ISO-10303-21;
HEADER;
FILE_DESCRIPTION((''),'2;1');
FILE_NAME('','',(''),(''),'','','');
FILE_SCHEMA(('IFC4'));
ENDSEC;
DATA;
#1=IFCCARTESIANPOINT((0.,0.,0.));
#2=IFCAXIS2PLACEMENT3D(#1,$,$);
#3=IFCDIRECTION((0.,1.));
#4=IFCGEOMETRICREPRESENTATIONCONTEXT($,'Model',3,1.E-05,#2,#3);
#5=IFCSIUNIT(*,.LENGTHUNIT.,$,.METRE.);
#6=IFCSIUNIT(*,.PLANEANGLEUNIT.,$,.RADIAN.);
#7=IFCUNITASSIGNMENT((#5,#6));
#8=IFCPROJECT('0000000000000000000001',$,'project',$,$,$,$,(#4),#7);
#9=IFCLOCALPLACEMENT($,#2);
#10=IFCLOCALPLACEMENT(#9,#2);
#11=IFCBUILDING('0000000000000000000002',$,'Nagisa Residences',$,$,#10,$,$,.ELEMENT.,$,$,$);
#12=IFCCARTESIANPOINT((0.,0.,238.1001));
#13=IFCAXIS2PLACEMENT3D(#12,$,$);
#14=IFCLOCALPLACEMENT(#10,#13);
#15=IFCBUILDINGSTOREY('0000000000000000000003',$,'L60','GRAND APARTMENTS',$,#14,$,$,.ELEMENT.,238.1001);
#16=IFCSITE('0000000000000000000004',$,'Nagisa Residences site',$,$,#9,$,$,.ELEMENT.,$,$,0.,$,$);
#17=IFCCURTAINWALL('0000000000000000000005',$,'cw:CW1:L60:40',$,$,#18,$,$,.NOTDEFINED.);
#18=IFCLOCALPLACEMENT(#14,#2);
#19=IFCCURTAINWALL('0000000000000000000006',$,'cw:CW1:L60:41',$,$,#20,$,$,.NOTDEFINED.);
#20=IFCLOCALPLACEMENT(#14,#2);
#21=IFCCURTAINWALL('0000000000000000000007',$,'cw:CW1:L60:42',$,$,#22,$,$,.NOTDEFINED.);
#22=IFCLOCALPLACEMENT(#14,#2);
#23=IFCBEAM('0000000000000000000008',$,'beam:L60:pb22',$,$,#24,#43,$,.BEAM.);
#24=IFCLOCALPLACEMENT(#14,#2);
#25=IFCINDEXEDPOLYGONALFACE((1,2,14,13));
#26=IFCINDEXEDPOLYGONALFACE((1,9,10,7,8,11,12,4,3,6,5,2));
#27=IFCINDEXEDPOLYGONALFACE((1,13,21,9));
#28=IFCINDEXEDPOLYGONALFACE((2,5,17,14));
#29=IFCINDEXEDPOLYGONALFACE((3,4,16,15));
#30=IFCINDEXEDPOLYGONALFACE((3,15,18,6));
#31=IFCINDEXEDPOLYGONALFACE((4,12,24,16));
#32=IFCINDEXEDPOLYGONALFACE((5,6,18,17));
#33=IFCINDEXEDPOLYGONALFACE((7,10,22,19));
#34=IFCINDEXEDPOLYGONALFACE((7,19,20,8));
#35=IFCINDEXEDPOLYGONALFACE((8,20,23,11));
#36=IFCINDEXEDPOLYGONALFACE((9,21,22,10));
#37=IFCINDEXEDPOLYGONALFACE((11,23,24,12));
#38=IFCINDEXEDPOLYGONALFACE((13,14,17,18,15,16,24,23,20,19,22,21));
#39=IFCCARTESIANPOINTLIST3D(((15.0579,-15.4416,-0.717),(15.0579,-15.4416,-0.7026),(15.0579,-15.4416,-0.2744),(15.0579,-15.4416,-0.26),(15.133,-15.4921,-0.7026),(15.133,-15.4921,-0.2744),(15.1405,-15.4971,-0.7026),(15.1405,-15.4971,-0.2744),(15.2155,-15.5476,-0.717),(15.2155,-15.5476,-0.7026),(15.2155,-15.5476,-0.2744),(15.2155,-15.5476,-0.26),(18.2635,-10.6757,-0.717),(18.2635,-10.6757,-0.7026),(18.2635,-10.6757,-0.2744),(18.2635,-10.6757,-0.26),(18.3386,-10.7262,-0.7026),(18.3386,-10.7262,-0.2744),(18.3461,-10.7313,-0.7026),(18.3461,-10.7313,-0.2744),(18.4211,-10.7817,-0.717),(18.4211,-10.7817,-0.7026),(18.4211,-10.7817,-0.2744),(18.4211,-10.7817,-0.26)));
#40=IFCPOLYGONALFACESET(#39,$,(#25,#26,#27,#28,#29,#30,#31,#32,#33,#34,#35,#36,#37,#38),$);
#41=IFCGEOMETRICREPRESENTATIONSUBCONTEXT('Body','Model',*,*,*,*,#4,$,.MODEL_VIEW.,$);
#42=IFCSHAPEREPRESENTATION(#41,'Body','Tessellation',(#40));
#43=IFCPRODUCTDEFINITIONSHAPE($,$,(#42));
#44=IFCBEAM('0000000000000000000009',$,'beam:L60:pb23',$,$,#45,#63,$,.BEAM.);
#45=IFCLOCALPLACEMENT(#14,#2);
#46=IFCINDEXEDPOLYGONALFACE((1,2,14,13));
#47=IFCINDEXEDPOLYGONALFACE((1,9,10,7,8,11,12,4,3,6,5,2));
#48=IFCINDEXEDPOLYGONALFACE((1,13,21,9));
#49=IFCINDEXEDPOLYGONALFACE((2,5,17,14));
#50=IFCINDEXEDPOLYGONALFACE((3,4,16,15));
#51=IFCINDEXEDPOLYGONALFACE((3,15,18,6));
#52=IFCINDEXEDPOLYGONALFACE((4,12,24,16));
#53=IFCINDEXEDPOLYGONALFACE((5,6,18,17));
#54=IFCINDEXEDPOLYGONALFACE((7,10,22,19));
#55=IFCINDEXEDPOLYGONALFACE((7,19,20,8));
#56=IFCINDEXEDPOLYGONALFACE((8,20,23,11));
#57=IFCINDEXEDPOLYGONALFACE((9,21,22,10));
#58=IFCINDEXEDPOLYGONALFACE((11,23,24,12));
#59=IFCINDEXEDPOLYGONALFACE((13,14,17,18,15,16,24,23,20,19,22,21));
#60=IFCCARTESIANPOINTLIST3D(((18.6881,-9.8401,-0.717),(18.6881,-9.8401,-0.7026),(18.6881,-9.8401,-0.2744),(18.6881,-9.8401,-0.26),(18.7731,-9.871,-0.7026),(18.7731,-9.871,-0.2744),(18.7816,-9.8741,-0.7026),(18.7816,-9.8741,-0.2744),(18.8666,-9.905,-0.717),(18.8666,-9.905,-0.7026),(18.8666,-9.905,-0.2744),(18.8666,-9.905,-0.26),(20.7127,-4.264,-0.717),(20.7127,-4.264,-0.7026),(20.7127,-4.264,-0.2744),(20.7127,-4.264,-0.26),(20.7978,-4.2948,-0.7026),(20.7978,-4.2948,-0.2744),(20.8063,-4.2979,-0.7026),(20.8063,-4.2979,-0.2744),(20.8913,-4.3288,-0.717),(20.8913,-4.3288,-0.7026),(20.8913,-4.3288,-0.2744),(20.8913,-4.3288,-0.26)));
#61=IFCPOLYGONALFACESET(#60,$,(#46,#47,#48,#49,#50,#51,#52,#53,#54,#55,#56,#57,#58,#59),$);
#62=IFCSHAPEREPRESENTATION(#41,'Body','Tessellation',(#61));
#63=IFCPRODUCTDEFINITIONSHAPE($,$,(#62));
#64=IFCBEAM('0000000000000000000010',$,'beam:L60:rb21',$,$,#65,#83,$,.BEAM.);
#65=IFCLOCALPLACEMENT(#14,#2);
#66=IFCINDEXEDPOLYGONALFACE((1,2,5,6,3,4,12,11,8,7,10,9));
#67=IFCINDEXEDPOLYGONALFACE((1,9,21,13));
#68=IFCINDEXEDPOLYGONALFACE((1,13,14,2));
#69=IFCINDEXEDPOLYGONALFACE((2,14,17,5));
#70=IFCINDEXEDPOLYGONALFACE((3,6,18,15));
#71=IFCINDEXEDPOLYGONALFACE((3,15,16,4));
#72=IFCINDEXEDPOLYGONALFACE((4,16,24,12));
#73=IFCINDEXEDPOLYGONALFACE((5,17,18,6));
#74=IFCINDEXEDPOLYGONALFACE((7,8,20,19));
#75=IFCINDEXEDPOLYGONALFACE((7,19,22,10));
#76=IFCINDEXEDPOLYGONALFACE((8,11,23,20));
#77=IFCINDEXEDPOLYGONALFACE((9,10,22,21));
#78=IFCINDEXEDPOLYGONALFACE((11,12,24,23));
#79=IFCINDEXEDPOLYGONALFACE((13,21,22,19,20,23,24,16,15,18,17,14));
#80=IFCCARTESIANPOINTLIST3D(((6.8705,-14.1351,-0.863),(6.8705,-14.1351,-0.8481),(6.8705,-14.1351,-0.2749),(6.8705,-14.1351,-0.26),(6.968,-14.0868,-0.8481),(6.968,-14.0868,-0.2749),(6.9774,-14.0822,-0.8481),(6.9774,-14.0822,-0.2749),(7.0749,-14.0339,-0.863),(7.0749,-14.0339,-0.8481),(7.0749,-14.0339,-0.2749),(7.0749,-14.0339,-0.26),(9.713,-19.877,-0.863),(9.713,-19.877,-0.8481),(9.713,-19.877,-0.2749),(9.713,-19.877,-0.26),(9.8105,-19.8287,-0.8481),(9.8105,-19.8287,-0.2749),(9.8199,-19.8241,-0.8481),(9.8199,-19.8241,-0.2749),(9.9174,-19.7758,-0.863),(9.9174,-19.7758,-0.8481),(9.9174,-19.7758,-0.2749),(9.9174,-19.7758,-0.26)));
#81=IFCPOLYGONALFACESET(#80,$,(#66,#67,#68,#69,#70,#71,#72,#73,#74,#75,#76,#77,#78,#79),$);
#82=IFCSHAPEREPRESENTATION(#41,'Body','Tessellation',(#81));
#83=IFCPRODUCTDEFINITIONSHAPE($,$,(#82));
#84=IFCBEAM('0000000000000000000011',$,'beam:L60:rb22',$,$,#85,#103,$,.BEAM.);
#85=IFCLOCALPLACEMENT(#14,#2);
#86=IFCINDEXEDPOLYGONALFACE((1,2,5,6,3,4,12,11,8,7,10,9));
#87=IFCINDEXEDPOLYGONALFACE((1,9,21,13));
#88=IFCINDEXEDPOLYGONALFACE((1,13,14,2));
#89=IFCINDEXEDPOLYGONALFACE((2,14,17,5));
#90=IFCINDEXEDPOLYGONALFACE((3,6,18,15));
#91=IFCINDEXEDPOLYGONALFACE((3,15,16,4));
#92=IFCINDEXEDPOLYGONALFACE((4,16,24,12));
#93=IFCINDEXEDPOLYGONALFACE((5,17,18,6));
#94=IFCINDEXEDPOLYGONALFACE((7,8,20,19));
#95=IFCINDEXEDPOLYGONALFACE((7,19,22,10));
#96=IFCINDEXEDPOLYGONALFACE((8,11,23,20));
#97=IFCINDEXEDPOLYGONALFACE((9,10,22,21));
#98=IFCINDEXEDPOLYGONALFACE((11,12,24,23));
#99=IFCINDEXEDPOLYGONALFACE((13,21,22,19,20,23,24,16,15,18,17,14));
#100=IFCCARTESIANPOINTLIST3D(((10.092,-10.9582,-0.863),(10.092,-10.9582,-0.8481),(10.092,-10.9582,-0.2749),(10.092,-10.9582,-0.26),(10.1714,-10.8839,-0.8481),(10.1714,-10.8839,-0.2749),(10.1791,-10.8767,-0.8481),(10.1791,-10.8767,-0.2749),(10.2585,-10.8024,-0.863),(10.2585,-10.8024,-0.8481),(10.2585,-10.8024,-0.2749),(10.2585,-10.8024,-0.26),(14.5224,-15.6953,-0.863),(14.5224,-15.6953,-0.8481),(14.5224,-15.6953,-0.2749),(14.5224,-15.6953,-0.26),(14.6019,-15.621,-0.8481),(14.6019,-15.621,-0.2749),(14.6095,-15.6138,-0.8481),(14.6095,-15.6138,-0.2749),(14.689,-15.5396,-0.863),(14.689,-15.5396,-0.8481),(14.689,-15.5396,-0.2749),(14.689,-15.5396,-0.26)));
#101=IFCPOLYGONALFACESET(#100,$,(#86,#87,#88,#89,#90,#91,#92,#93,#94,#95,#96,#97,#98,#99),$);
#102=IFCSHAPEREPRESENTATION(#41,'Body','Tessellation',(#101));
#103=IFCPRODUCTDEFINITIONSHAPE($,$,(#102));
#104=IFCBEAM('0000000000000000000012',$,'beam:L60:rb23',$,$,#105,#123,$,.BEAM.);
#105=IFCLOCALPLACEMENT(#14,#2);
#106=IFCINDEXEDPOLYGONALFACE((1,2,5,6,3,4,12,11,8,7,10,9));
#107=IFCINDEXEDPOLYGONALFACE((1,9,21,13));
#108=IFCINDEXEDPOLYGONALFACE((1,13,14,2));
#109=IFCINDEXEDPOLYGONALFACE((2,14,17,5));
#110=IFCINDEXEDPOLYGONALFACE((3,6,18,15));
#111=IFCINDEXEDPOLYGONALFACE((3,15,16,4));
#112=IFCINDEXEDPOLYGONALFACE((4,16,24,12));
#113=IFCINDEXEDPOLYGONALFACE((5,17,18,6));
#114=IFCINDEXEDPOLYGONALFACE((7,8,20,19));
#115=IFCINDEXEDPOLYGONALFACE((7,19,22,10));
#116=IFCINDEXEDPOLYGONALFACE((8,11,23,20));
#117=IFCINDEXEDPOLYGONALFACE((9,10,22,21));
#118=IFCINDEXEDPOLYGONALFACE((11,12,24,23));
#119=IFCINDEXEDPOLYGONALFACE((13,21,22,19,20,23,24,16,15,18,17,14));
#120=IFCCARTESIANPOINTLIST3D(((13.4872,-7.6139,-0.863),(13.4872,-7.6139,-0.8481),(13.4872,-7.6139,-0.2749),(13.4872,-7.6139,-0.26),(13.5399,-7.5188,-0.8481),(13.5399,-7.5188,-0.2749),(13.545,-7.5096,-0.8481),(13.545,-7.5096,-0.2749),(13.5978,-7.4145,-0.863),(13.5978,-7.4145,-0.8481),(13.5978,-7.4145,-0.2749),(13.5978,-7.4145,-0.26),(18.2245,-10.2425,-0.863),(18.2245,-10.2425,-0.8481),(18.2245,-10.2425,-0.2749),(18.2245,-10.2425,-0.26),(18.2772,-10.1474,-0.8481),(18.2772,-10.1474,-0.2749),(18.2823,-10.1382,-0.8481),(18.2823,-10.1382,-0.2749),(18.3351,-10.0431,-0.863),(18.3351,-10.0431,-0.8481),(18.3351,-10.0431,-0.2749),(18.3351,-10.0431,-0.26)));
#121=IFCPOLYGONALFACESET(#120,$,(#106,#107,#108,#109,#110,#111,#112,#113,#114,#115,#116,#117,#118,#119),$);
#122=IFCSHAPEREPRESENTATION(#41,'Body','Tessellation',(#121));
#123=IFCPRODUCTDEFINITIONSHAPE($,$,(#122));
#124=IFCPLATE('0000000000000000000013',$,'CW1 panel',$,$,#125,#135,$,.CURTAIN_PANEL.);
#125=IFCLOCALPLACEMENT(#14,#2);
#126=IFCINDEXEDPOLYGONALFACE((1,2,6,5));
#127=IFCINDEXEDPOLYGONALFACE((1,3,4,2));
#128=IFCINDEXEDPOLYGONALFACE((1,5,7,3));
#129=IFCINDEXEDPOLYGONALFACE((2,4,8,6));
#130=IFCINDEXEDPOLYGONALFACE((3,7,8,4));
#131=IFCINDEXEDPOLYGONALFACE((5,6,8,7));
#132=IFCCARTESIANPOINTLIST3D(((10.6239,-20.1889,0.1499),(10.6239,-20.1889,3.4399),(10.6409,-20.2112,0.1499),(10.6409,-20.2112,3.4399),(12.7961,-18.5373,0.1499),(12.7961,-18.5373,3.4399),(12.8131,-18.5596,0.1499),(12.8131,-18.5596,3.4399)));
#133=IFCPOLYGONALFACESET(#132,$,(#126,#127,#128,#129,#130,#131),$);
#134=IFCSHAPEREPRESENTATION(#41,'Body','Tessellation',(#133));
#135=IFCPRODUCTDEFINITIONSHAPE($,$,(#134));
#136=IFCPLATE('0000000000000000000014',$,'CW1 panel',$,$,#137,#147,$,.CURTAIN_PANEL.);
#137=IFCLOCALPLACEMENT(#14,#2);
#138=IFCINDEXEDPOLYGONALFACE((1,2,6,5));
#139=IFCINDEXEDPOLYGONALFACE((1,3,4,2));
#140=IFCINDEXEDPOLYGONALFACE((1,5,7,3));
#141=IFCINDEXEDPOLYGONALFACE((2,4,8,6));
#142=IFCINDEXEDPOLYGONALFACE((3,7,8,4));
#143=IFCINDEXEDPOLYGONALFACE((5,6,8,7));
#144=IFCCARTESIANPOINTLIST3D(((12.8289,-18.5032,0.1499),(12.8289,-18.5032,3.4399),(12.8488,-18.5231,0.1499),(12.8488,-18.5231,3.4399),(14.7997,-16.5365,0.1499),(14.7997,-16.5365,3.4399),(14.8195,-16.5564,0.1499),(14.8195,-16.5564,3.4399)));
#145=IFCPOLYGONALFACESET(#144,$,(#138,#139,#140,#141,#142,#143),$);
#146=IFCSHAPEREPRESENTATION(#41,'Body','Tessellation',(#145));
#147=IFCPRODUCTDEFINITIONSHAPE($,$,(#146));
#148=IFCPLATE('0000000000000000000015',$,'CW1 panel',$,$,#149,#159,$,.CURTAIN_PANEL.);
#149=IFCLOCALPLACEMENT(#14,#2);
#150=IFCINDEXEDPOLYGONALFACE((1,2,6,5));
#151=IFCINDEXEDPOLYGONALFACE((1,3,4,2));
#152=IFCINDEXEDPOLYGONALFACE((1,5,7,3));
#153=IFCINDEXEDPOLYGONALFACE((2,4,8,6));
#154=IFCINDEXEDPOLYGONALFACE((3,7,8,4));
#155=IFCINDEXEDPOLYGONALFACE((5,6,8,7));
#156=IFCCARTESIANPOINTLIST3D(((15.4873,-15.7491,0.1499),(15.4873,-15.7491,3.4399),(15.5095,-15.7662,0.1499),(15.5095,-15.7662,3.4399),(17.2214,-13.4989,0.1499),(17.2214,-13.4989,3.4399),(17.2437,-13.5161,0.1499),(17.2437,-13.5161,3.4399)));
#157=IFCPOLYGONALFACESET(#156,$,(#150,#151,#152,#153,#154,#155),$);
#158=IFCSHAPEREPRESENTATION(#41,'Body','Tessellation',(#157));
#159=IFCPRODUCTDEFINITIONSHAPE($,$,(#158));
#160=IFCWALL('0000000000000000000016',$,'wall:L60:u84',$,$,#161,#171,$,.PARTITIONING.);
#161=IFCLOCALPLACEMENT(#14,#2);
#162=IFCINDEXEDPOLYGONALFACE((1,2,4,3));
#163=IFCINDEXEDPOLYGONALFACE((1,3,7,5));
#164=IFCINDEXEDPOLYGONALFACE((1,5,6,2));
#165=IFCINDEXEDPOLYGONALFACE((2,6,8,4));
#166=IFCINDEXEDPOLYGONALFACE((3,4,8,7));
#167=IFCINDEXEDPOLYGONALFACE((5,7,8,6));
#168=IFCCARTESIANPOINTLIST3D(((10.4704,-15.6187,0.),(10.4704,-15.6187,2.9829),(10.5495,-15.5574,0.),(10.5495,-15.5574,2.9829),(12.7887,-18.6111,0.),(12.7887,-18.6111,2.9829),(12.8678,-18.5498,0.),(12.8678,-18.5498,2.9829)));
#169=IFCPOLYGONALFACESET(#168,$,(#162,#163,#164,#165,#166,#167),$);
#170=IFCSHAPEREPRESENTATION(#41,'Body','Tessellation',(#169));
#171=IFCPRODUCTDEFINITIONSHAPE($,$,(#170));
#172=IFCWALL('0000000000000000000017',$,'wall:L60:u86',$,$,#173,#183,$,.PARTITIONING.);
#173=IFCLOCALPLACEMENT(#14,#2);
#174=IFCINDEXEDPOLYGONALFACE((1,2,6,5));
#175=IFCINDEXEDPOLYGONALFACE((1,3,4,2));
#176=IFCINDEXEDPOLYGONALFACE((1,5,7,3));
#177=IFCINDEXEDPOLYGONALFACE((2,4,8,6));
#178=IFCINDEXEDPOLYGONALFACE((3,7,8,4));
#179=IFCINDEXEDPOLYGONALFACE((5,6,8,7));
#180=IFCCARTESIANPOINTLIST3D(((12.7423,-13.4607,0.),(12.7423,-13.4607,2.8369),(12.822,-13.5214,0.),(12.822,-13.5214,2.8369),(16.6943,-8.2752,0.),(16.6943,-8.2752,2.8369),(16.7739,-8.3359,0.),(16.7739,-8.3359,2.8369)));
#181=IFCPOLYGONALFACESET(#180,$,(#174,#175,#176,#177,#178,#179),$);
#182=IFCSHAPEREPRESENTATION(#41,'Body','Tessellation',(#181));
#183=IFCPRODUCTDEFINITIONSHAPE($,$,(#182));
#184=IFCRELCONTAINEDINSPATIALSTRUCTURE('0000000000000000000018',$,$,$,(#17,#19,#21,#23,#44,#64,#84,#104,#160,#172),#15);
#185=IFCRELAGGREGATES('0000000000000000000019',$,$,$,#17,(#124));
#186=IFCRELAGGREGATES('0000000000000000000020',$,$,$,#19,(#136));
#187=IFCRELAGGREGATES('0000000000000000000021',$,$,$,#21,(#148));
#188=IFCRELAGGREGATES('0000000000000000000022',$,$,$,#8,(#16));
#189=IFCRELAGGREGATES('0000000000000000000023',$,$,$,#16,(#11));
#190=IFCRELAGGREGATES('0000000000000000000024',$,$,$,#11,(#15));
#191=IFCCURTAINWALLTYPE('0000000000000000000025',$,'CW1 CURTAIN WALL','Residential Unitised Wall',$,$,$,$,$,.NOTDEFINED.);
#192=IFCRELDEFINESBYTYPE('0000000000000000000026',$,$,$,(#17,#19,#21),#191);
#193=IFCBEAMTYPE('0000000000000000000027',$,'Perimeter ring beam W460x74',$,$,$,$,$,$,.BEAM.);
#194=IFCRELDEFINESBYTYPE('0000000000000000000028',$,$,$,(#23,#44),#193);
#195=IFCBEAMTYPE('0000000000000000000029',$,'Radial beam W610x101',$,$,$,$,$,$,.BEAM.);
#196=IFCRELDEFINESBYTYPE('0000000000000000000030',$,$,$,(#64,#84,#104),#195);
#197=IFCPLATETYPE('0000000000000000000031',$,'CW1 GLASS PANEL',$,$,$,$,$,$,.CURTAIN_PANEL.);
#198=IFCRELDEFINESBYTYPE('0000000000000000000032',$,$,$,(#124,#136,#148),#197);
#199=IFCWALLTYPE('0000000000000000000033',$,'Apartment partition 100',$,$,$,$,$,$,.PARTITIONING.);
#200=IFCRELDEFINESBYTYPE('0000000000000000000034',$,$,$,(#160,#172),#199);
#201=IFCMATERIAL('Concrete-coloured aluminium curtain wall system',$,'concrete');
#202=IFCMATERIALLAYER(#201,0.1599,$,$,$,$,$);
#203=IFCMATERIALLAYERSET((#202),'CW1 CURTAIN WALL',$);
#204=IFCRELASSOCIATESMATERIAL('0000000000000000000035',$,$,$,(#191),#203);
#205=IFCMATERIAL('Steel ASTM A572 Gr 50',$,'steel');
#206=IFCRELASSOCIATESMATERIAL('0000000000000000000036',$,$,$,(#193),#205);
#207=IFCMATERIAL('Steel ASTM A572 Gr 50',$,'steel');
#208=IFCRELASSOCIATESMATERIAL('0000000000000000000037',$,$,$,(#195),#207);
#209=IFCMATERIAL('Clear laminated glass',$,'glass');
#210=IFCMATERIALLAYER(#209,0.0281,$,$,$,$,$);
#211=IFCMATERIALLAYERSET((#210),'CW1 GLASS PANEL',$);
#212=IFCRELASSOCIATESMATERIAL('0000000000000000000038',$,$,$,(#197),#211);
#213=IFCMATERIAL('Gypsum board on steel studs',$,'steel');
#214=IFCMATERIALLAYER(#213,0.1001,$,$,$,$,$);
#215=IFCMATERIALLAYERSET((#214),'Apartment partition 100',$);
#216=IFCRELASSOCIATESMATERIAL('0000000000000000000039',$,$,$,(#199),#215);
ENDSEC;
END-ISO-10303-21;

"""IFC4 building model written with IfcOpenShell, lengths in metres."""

from ifc_helpers import new_model, si_unit, direction, frame, frame_2d, origin, origin_2d, place, context, subcontext, project, spatial, rectangle, i_section, extrude, material, layer, layer_set, material_profile, profile_set, type_object, element, aggregate, save


model = new_model("IFC4")

# Units and contexts
model_context = context("Model", 3, precision=1e-05, world=origin(), true_north=direction((0.0, 1.0)))
body_context = subcontext(model_context, "Body", "Model", "MODEL_VIEW")
ifc_project = project(units=[si_unit("LENGTHUNIT", "METRE"), si_unit("PLANEANGLEUNIT", "RADIAN")], contexts=[model_context])

# Site, building, storey
site_placement = place(None, origin())
site = spatial("IfcSite", under=ifc_project, at=site_placement, Name="Nagisa Residences site", CompositionType="ELEMENT", RefElevation=0.0)
building_placement = place(site_placement, origin())
building = spatial("IfcBuilding", under=site, at=building_placement, Name="Nagisa Residences", CompositionType="ELEMENT")
storey_placement = place(building_placement, frame((0.0, 0.0, 238.1001)))
storey = spatial("IfcBuildingStorey", under=building, at=storey_placement, Name="L60", Description="GRAND APARTMENTS", CompositionType="ELEMENT", Elevation=238.1001)

# Curtain walls
ifc_material_1 = material(Name="Concrete-coloured aluminium curtain wall system", Category="concrete")
ifc_layer_1 = layer(ifc_material_1, 0.1599)
ifc_layer_set_1 = layer_set([ifc_layer_1], Name="CW1 CURTAIN WALL")
curtain_wall_type = type_object("IfcCurtainWallType", Name="CW1 CURTAIN WALL", Description="Residential Unitised Wall", PredefinedType="NOTDEFINED", material=ifc_layer_set_1)
curtain_wall_1_placement = place(storey_placement, origin())
curtain_wall_1 = element("IfcCurtainWall", 1, at=curtain_wall_1_placement, inside=storey, type_object=curtain_wall_type, Name="cw:CW1:L60:40", PredefinedType="NOTDEFINED")
curtain_wall_2_placement = place(storey_placement, origin())
curtain_wall_2 = element("IfcCurtainWall", 2, at=curtain_wall_2_placement, inside=storey, type_object=curtain_wall_type, Name="cw:CW1:L60:41", PredefinedType="NOTDEFINED")
curtain_wall_3_placement = place(storey_placement, origin())
curtain_wall_3 = element("IfcCurtainWall", 3, at=curtain_wall_3_placement, inside=storey, type_object=curtain_wall_type, Name="cw:CW1:L60:42", PredefinedType="NOTDEFINED")

# Beams
ifc_material_2 = material(Name="Steel ASTM A572 Gr 50", Category="steel")
ifc_material_profile_1 = material_profile(ifc_material_2, i_section(OverallWidth=0.1899, OverallDepth=0.457, WebThickness=0.009, FlangeThickness=0.0144, at=origin_2d()), Name="W460x74")
ifc_profile_set_1 = profile_set([ifc_material_profile_1], Name="Steel ASTM A572 Gr 50")
beam_type_1 = type_object("IfcBeamType", Name="Perimeter ring beam W460x74", PredefinedType="BEAM", material=ifc_profile_set_1)
beam_1_placement = place(storey_placement, frame((15.1367, -15.4946, -0.4885), z_axis=(0.558109, 0.829768, 0.0), x_axis=(-0.829768, 0.558109, 0.0)))
element("IfcBeam", 4, at=beam_1_placement, inside=storey, type_object=beam_type_1, Name="beam:L60:pb22", PredefinedType="BEAM", context=body_context, shape_type="SweptSolid", body=[
    extrude(i_section(OverallWidth=0.1899, OverallDepth=0.457, WebThickness=0.009, FlangeThickness=0.0144, at=origin_2d()), origin(), (0.0, 0.0, 1.0), 5.7437),
])
beam_2_placement = place(storey_placement, frame((18.7773, -9.8726, -0.4885), z_axis=(0.34129, 0.939958, 0.0), x_axis=(-0.939958, 0.34129, 0.0)))
element("IfcBeam", 5, at=beam_2_placement, inside=storey, type_object=beam_type_1, Name="beam:L60:pb23", PredefinedType="BEAM", context=body_context, shape_type="SweptSolid", body=[
    extrude(i_section(OverallWidth=0.1899, OverallDepth=0.457, WebThickness=0.009, FlangeThickness=0.0144, at=origin_2d()), origin(), (0.0, 0.0, 1.0), 5.9324),
])
ifc_material_3 = material(Name="Steel ASTM A572 Gr 50", Category="steel")
ifc_material_profile_2 = material_profile(ifc_material_3, i_section(OverallWidth=0.228, OverallDepth=0.603, WebThickness=0.0105, FlangeThickness=0.0149, at=origin_2d()), Name="W610x101")
ifc_profile_set_2 = profile_set([ifc_material_profile_2], Name="Steel ASTM A572 Gr 50")
beam_type_2 = type_object("IfcBeamType", Name="Radial beam W610x101", PredefinedType="BEAM", material=ifc_profile_set_2)
beam_3_placement = place(storey_placement, frame((9.8152, -19.8264, -0.5615), z_axis=(-0.443659, 0.896196, 0.0), x_axis=(-0.896196, -0.443659, 0.0)))
element("IfcBeam", 6, at=beam_3_placement, inside=storey, type_object=beam_type_2, Name="beam:L60:rb21", PredefinedType="BEAM", context=body_context, shape_type="SweptSolid", body=[
    extrude(i_section(OverallWidth=0.228, OverallDepth=0.603, WebThickness=0.0105, FlangeThickness=0.0149, at=origin_2d()), origin(), (0.0, 0.0, 1.0), 6.407),
])
beam_4_placement = place(storey_placement, frame((14.6057, -15.6174, -0.5615), z_axis=(-0.683073, 0.73035, 0.0), x_axis=(-0.73035, -0.683073, 0.0)))
element("IfcBeam", 7, at=beam_4_placement, inside=storey, type_object=beam_type_2, Name="beam:L60:rb22", PredefinedType="BEAM", context=body_context, shape_type="SweptSolid", body=[
    extrude(i_section(OverallWidth=0.228, OverallDepth=0.603, WebThickness=0.0105, FlangeThickness=0.0149, at=origin_2d()), origin(), (0.0, 0.0, 1.0), 6.4861),
])
beam_5_placement = place(storey_placement, frame((18.2798, -10.1428, -0.5615), z_axis=(-0.874406, 0.485195, 0.0), x_axis=(-0.485195, -0.874406, 0.0)))
element("IfcBeam", 8, at=beam_5_placement, inside=storey, type_object=beam_type_2, Name="beam:L60:rb23", PredefinedType="BEAM", context=body_context, shape_type="SweptSolid", body=[
    extrude(i_section(OverallWidth=0.228, OverallDepth=0.603, WebThickness=0.0105, FlangeThickness=0.0149, at=origin_2d()), origin(), (0.0, 0.0, 1.0), 5.4177),
])

# Plates
ifc_material_4 = material(Name="Clear laminated glass", Category="glass")
ifc_layer_2 = layer(ifc_material_4, 0.0281)
ifc_layer_set_2 = layer_set([ifc_layer_2], Name="CW1 GLASS PANEL")
plate_type = type_object("IfcPlateType", Name="CW1 GLASS PANEL", PredefinedType="CURTAIN_PANEL", material=ifc_layer_set_2)
plate_1_placement = place(storey_placement, frame((11.7185, -19.3743, 0.1499), z_axis=(0.0, 0.0, 1.0), x_axis=(0.796031, 0.605255, 0.0)))
plate_1 = element("IfcPlate", 9, at=plate_1_placement, type_object=plate_type, Name="CW1 panel", PredefinedType="CURTAIN_PANEL", context=body_context, shape_type="SweptSolid", body=[
    extrude(rectangle(XDim=2.7288, YDim=0.0281, at=origin_2d()), origin(), (0.0, 0.0, 1.0), 3.29),
])
aggregate(curtain_wall_1, [plate_1])
plate_2_placement = place(storey_placement, frame((13.8242, -17.5298, 0.1499), z_axis=(0.0, 0.0, 1.0), x_axis=(0.707836, 0.706377, 0.0)))
plate_2 = element("IfcPlate", 10, at=plate_2_placement, type_object=plate_type, Name="CW1 panel", PredefinedType="CURTAIN_PANEL", context=body_context, shape_type="SweptSolid", body=[
    extrude(rectangle(XDim=2.7842, YDim=0.0281, at=origin_2d()), origin(), (0.0, 0.0, 1.0), 3.29),
])
aggregate(curtain_wall_2, [plate_2])
plate_3_placement = place(storey_placement, frame((16.3655, -14.6326, 0.1499), z_axis=(0.0, 0.0, 1.0), x_axis=(0.61043, 0.79207, 0.0)))
plate_3 = element("IfcPlate", 11, at=plate_3_placement, type_object=plate_type, Name="CW1 panel", PredefinedType="CURTAIN_PANEL", context=body_context, shape_type="SweptSolid", body=[
    extrude(rectangle(XDim=2.8408, YDim=0.0281, at=origin_2d()), origin(), (0.0, 0.0, 1.0), 3.29),
])
aggregate(curtain_wall_3, [plate_3])

# Walls
ifc_material_5 = material(Name="Gypsum board on steel studs", Category="steel")
ifc_layer_3 = layer(ifc_material_5, 0.1001)
ifc_layer_set_3 = layer_set([ifc_layer_3], Name="Apartment partition 100")
wall_type_1 = type_object("IfcWallType", Name="Apartment partition 100", PredefinedType="PARTITIONING", material=ifc_layer_set_3)
wall_1_placement = place(storey_placement, frame((10.51, -15.5881, 0.0), z_axis=(0.0, 0.0, 1.0), x_axis=(0.612444, -0.790514, 0.0)))
element("IfcWall", 12, at=wall_1_placement, inside=storey, type_object=wall_type_1, Name="wall:L60:u84", PredefinedType="PARTITIONING", context=body_context, shape_type="SweptSolid", body=[
    extrude(rectangle(XDim=3.7854, YDim=0.1001, at=frame_2d((1.8926, 0.0))), origin(), (0.0, 0.0, 1.0), 2.9829),
])
wall_2_placement = place(storey_placement, frame((12.7822, -13.491, 0.0), z_axis=(0.0, 0.0, 1.0), x_axis=(0.606141, 0.795357, 0.0)))
element("IfcWall", 13, at=wall_2_placement, inside=storey, type_object=wall_type_1, Name="wall:L60:u86", PredefinedType="PARTITIONING", context=body_context, shape_type="SweptSolid", body=[
    extrude(rectangle(XDim=6.5198, YDim=0.1001, at=frame_2d((3.2598, 0.0))), origin(), (0.0, 0.0, 1.0), 2.8369),
])

save(model, "model.ifc")
